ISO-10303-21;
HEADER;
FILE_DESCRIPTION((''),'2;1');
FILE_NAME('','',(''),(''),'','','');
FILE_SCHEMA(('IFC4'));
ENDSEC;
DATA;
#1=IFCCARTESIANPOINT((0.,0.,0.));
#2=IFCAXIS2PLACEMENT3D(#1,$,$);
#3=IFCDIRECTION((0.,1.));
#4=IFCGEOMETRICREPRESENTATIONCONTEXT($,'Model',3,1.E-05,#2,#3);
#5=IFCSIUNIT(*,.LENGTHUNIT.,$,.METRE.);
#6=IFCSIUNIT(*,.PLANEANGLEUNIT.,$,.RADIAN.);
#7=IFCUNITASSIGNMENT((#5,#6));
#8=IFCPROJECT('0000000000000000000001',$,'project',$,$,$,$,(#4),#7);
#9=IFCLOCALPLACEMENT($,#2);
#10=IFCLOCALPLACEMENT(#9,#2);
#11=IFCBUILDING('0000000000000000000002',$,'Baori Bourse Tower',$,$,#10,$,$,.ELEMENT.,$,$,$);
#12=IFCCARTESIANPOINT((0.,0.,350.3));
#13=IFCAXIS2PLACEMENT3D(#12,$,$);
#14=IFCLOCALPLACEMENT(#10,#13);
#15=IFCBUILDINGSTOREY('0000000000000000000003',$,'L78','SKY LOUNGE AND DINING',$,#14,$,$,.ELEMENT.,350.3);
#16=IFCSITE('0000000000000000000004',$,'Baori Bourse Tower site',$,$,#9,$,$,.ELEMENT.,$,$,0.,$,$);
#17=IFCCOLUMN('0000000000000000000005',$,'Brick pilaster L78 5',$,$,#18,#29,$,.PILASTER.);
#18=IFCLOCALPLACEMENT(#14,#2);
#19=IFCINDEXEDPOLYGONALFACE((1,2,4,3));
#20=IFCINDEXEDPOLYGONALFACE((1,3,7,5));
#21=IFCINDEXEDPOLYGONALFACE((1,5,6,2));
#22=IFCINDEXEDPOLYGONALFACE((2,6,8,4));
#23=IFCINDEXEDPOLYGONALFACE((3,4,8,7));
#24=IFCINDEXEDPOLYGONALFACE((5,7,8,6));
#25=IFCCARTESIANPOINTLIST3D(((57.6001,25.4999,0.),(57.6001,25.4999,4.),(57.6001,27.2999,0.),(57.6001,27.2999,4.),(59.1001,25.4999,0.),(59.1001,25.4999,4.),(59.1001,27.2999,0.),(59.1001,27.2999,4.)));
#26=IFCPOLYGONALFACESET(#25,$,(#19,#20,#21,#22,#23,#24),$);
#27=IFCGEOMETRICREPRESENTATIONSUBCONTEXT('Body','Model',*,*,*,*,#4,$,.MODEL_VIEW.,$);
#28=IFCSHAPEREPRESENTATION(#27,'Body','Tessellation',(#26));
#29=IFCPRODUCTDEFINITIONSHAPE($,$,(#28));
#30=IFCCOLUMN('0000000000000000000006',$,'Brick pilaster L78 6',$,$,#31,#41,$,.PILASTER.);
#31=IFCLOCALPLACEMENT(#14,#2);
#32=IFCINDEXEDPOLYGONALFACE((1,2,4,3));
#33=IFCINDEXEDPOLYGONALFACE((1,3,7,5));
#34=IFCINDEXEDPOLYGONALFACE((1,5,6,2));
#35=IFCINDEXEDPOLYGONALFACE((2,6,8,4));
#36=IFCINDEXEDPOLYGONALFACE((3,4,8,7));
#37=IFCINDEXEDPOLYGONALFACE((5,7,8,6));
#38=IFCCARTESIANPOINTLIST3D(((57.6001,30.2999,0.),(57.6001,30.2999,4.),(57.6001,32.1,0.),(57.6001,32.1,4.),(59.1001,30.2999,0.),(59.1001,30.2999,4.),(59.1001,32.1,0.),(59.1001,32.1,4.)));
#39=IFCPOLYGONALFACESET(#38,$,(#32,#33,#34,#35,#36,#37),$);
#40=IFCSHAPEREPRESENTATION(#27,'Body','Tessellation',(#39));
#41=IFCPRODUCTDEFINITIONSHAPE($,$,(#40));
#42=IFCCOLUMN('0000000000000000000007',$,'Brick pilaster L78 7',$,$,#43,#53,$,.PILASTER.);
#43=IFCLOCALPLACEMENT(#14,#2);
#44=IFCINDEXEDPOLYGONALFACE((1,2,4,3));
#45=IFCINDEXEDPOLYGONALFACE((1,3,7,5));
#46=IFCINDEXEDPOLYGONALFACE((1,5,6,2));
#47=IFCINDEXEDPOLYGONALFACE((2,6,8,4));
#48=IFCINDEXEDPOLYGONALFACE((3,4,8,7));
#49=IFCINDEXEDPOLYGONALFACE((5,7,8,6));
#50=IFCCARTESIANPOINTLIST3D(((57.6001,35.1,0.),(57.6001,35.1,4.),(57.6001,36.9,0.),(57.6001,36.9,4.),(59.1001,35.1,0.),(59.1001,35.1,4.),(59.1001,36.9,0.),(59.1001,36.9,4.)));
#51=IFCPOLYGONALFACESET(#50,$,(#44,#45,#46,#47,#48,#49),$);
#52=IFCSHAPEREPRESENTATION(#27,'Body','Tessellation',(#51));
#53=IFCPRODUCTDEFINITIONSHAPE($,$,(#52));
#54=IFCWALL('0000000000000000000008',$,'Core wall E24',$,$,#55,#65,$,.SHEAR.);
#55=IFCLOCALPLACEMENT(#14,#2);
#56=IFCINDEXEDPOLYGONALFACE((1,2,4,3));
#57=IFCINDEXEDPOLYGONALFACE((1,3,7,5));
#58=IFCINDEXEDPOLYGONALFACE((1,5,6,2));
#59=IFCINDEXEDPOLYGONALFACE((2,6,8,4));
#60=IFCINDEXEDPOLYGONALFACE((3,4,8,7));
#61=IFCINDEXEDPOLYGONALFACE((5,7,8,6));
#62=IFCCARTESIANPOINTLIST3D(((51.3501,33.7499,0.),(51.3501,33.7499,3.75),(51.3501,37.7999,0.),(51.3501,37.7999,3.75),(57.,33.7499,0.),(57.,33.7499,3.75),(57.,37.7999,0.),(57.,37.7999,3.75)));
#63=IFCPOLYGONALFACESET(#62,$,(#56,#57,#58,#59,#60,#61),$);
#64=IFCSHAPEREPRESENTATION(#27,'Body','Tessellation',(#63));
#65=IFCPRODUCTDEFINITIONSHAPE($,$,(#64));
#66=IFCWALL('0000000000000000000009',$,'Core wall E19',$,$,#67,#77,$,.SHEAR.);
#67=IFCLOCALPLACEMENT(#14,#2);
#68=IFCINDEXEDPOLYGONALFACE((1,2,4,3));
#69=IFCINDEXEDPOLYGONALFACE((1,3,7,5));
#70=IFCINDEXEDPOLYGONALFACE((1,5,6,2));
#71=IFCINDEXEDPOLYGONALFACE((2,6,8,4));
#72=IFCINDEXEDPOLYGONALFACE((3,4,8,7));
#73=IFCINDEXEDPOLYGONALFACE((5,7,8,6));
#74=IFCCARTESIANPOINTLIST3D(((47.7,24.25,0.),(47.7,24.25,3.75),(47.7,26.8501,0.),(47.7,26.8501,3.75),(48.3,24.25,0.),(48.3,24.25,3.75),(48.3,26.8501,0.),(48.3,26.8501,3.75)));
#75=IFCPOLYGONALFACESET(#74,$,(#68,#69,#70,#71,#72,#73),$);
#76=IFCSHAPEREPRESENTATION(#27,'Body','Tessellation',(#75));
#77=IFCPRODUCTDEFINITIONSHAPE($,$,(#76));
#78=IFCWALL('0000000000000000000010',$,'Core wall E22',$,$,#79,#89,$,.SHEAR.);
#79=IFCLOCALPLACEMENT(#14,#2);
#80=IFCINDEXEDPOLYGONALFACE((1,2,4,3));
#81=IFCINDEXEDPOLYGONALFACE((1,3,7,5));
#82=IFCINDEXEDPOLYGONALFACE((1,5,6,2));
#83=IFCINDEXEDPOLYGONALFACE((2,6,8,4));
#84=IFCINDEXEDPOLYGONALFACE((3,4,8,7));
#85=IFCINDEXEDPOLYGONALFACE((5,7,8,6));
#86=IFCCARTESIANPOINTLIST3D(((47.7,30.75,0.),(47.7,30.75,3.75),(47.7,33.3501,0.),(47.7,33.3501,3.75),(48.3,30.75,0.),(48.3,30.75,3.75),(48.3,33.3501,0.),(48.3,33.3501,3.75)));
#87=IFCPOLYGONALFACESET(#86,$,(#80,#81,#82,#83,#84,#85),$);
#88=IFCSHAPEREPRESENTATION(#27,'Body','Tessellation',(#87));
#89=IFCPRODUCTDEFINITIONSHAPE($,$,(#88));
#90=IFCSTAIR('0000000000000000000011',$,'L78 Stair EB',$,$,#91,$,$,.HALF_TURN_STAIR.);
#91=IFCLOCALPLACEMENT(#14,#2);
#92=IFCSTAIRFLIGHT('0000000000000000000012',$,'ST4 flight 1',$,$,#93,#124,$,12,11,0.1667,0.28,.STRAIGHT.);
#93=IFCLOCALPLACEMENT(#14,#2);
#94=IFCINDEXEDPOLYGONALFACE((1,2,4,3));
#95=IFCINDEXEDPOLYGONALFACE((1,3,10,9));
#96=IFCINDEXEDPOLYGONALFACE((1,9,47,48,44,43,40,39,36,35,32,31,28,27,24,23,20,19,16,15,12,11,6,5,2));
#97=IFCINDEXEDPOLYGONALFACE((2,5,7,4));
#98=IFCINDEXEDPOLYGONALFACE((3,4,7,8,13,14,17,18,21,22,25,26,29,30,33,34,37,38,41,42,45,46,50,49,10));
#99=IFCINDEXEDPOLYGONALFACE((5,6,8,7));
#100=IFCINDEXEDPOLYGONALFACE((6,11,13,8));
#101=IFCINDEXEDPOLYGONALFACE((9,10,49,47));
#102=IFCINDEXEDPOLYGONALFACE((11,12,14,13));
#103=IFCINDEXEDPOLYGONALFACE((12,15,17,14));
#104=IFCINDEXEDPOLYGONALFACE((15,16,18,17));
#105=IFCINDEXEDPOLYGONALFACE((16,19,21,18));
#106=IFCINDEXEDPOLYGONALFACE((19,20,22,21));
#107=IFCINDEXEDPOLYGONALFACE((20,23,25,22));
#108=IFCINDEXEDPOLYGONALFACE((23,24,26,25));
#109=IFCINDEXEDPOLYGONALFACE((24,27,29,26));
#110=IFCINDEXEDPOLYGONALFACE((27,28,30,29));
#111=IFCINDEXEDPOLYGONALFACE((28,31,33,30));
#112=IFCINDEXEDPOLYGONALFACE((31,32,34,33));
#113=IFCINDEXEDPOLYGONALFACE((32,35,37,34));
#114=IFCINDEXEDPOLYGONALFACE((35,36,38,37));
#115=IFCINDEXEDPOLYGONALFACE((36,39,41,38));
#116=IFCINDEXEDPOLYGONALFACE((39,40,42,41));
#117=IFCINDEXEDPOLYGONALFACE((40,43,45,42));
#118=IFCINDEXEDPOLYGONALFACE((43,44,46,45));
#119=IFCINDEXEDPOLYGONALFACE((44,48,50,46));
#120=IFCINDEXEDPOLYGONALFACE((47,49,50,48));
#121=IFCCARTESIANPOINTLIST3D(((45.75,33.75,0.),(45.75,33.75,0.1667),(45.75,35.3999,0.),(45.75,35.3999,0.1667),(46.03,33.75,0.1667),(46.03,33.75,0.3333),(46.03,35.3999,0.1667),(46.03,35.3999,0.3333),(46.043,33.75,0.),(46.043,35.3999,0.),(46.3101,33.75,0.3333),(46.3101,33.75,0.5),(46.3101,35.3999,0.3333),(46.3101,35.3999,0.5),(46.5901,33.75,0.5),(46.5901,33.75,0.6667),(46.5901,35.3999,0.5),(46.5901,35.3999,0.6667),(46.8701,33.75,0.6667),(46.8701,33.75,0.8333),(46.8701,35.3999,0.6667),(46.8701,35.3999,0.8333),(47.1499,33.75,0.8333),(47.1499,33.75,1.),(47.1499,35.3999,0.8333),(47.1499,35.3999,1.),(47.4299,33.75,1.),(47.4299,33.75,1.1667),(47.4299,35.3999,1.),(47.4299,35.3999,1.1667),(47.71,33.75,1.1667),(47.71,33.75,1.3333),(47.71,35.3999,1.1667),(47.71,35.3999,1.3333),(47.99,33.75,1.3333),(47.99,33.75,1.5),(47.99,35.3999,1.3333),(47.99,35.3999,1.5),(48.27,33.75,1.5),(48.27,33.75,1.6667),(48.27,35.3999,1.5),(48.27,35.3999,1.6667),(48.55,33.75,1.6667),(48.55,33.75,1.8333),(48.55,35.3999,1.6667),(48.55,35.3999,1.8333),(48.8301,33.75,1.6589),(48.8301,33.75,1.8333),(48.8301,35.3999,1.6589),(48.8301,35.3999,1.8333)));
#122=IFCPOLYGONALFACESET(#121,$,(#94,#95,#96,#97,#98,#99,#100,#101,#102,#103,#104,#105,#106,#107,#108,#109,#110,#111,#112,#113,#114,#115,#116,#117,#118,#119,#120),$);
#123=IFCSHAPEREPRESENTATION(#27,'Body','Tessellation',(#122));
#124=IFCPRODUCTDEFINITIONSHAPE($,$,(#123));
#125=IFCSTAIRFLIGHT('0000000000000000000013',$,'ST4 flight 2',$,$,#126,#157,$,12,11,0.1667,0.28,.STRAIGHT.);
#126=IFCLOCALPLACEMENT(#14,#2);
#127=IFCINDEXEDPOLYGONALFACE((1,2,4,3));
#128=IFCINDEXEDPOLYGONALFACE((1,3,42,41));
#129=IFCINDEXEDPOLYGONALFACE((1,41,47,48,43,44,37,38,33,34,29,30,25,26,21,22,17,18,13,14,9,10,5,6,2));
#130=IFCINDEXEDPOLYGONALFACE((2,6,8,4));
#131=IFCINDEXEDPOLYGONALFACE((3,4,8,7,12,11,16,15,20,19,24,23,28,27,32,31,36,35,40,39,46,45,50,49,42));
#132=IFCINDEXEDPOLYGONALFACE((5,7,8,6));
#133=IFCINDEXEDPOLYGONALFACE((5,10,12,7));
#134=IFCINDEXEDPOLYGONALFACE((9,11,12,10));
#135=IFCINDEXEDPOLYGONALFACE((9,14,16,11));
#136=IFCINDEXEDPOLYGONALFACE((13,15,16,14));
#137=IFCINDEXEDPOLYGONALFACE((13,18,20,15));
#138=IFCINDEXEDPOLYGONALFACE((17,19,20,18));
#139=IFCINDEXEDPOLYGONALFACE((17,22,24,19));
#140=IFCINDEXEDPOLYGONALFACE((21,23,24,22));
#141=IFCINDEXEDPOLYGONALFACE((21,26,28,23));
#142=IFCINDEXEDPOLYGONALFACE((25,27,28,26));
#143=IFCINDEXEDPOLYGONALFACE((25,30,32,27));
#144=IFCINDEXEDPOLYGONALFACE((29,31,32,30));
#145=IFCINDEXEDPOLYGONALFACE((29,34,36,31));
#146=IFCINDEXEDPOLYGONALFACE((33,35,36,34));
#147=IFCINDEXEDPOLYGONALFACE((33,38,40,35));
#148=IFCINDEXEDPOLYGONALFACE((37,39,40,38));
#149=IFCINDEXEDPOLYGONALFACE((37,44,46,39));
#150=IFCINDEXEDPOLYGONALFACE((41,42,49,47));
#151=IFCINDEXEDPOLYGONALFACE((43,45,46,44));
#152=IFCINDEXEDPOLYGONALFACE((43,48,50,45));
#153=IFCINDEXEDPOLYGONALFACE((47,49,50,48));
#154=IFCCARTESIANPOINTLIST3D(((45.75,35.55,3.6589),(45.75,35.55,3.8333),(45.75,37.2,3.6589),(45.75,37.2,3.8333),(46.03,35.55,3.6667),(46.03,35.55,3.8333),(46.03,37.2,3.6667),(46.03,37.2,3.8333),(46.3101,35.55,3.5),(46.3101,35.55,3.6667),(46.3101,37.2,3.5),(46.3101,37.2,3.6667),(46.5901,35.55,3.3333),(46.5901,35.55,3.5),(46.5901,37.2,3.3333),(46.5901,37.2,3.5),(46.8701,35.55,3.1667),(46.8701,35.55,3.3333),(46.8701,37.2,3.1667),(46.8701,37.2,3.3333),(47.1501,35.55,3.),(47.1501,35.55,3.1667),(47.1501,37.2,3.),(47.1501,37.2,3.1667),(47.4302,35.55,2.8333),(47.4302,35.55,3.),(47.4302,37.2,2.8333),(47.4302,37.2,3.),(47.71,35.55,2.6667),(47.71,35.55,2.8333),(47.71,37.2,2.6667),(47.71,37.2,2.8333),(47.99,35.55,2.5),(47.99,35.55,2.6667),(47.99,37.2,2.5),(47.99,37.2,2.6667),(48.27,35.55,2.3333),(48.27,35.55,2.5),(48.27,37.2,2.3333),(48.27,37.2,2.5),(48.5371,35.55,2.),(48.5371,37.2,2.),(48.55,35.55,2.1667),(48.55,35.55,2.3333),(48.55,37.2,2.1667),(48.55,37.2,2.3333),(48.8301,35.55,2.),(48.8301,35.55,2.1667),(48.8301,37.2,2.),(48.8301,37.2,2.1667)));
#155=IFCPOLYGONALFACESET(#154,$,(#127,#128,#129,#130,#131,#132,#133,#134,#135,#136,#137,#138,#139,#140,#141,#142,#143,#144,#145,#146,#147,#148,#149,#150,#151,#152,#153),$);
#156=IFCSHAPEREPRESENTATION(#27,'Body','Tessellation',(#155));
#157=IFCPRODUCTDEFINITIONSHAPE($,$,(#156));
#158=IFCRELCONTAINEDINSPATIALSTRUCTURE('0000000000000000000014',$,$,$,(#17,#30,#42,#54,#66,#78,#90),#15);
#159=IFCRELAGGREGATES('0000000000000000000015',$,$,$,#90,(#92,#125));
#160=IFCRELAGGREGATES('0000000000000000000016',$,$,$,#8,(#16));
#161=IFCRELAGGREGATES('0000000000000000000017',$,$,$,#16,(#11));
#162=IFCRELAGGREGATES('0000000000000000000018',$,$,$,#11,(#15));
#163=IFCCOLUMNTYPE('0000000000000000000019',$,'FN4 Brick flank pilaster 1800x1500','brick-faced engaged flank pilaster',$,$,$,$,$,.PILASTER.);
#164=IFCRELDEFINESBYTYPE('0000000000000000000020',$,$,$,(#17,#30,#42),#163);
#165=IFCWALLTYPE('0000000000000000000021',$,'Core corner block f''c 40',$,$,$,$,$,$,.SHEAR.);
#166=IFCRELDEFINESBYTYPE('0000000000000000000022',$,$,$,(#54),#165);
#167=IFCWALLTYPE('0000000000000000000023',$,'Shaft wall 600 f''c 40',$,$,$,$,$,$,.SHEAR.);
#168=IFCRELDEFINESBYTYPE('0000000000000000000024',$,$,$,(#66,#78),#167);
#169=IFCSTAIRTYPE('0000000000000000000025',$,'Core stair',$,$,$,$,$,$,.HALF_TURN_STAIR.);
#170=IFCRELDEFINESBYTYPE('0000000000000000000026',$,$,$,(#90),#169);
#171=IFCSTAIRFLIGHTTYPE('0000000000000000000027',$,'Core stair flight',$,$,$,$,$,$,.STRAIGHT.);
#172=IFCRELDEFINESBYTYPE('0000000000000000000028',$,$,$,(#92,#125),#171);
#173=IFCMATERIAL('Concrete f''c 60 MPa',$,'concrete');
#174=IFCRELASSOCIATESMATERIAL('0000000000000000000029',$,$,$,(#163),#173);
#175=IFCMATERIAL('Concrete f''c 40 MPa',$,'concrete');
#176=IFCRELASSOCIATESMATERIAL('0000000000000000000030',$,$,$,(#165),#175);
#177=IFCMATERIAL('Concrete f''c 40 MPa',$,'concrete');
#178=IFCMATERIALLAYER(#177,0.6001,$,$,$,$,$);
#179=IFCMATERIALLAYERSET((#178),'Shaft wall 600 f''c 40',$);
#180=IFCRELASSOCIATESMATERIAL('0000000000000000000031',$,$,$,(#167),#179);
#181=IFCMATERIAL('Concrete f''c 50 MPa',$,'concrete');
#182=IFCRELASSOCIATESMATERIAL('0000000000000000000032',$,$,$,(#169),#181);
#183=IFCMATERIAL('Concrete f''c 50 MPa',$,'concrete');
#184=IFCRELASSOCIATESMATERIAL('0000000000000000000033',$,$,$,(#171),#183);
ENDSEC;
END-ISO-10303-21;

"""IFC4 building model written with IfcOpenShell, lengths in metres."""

from ifc_helpers import new_model, si_unit, direction, frame, frame_2d, origin, origin_2d, place, context, subcontext, project, spatial, polyline, rectangle, outline, extrude, material, layer, layer_set, material_profile, profile_set, type_object, element, aggregate, save


model = new_model("IFC4")

# Units and contexts
model_context = context("Model", 3, precision=1e-05, world=origin(), true_north=direction((0.0, 1.0)))
body_context = subcontext(model_context, "Body", "Model", "MODEL_VIEW")
ifc_project = project(units=[si_unit("LENGTHUNIT", "METRE"), si_unit("PLANEANGLEUNIT", "RADIAN")], contexts=[model_context])

# Site, building, storey
site_placement = place(None, origin())
site = spatial("IfcSite", under=ifc_project, at=site_placement, Name="Baori Bourse Tower site", CompositionType="ELEMENT", RefElevation=0.0)
building_placement = place(site_placement, origin())
building = spatial("IfcBuilding", under=site, at=building_placement, Name="Baori Bourse Tower", CompositionType="ELEMENT")
storey_placement = place(building_placement, frame((0.0, 0.0, 350.3)))
storey = spatial("IfcBuildingStorey", under=building, at=storey_placement, Name="L78", Description="SKY LOUNGE AND DINING", CompositionType="ELEMENT", Elevation=350.3)

# Columns
ifc_material_1 = material(Name="Concrete f'c 60 MPa", Category="concrete")
ifc_material_profile = material_profile(ifc_material_1, rectangle(XDim=1.8, YDim=1.5, at=origin_2d()), Name="RC 1800x1500")
ifc_profile_set = profile_set([ifc_material_profile], Name="Concrete f'c 60 MPa")
column_type = type_object("IfcColumnType", Name="FN4 Brick flank pilaster 1800x1500", Description="brick-faced engaged flank pilaster", PredefinedType="PILASTER", material=ifc_profile_set)
for number, where, z_axis, x_axis, name in (
    (1, (58.3501, 26.3999, 0.0), (0.0, 0.0, 1.0), (0.0, 1.0, 0.0), "Brick pilaster L78 5"),
    (2, (58.3501, 31.2, 0.0), (0.0, 0.0, 1.0), (0.0, 1.0, 0.0), "Brick pilaster L78 6"),
    (3, (58.3501, 36.0, 0.0), (0.0, 0.0, 1.0), (0.0, 1.0, 0.0), "Brick pilaster L78 7"),
):
    element("IfcColumn", number, at=place(storey_placement, frame(where, z_axis=z_axis, x_axis=x_axis)), inside=storey, type_object=column_type, Name=name, PredefinedType="PILASTER", context=body_context, shape_type="SweptSolid", body=[
        extrude(rectangle(XDim=1.8, YDim=1.5, at=origin_2d()), origin(), (0.0, 0.0, 1.0), 4.0),
    ])

# Walls
ifc_material_2 = material(Name="Concrete f'c 40 MPa", Category="concrete")
wall_type_1 = type_object("IfcWallType", Name="Core corner block f'c 40", PredefinedType="SHEAR", material=ifc_material_2)
wall_placement = place(storey_placement, frame((51.3501, 35.7749, 0.0), z_axis=(0.0, 0.0, 1.0), x_axis=(1.0, 0.0, 0.0)))
element("IfcWall", 4, at=wall_placement, inside=storey, type_object=wall_type_1, Name="Core wall E24", PredefinedType="SHEAR", context=body_context, shape_type="SweptSolid", body=[
    extrude(rectangle(XDim=5.6499, YDim=4.05, at=frame_2d((2.825, 0.0))), origin(), (0.0, 0.0, 1.0), 3.75),
])
ifc_material_3 = material(Name="Concrete f'c 40 MPa", Category="concrete")
ifc_layer = layer(ifc_material_3, 0.6001)
ifc_layer_set = layer_set([ifc_layer], Name="Shaft wall 600 f'c 40")
wall_type_2 = type_object("IfcWallType", Name="Shaft wall 600 f'c 40", PredefinedType="SHEAR", material=ifc_layer_set)
for number, where, z_axis, x_axis, name in (
    (5, (48.0, 24.25, 0.0), (0.0, 0.0, 1.0), (0.0, 1.0, 0.0), "Core wall E19"),
    (6, (48.0, 30.75, 0.0), (0.0, 0.0, 1.0), (0.0, 1.0, 0.0), "Core wall E22"),
):
    element("IfcWall", number, at=place(storey_placement, frame(where, z_axis=z_axis, x_axis=x_axis)), inside=storey, type_object=wall_type_2, Name=name, PredefinedType="SHEAR", context=body_context, shape_type="SweptSolid", body=[
        extrude(rectangle(XDim=2.6001, YDim=0.6001, at=frame_2d((1.3, 0.0))), origin(), (0.0, 0.0, 1.0), 3.75),
    ])

# Stair, stair flights
ifc_material_4 = material(Name="Concrete f'c 50 MPa", Category="concrete")
stair_type = type_object("IfcStairType", Name="Core stair", PredefinedType="HALF_TURN_STAIR", material=ifc_material_4)
stair_placement = place(storey_placement, origin())
stair = element("IfcStair", 7, at=stair_placement, inside=storey, type_object=stair_type, Name="L78 Stair EB", PredefinedType="HALF_TURN_STAIR")
ifc_material_5 = material(Name="Concrete f'c 50 MPa", Category="concrete")
stair_flight_type = type_object("IfcStairFlightType", Name="Core stair flight", PredefinedType="STRAIGHT", material=ifc_material_5)
stair_flight_1_placement = place(storey_placement, frame((45.75, 34.575, 0.0), z_axis=(0.0, 0.0, 1.0), x_axis=(1.0, 0.0, 0.0)))
stair_flight_1 = element("IfcStairFlight", 8, at=stair_flight_1_placement, type_object=stair_flight_type, Name="ST4 flight 1", NumberOfRisers=12, NumberOfTreads=11, PredefinedType="STRAIGHT", RiserHeight=0.1667, TreadLength=0.28, context=body_context, shape_type="SweptSolid", body=[
    extrude(outline(polyline([(0.0, 0.0), (0.0, 0.1667), (0.28, 0.1667), (0.28, 0.3333), (0.5601, 0.3333), (0.5601, 0.5), (0.8401, 0.5), (0.8401, 0.6667), (1.1201, 0.6667), (1.1201, 0.8333), (1.3999, 0.8333), (1.3999, 1.0), (1.6799, 1.0), (1.6799, 1.1667), (1.96, 1.1667), (1.96, 1.3333), (2.24, 1.3333), (2.24, 1.5), (2.52, 1.5), (2.52, 1.6667), (2.8, 1.6667), (2.8, 1.8333), (3.0801, 1.8333), (3.0801, 2.0), (3.0801, 1.6589), (0.293, 0.0), (0.0, 0.0)])), frame((0.0, 0.825, 0.0), z_axis=(0.0, -1.0, 0.0), x_axis=(1.0, 0.0, 0.0)), (0.0, 0.0, 1.0), 1.6499),
])
stair_flight_2_placement = place(storey_placement, frame((48.8301, 36.375, 2.0), z_axis=(0.0, 0.0, 1.0), x_axis=(-1.0, 0.0, 0.0)))
stair_flight_2 = element("IfcStairFlight", 9, at=stair_flight_2_placement, type_object=stair_flight_type, Name="ST4 flight 2", NumberOfRisers=12, NumberOfTreads=11, PredefinedType="STRAIGHT", RiserHeight=0.1667, TreadLength=0.28, context=body_context, shape_type="SweptSolid", body=[
    extrude(outline(polyline([(0.0, 0.0), (0.0, 0.1667), (0.28, 0.1667), (0.28, 0.3333), (0.5601, 0.3333), (0.5601, 0.5), (0.8401, 0.5), (0.8401, 0.6667), (1.1201, 0.6667), (1.1201, 0.8333), (1.3999, 0.8333), (1.3999, 1.0), (1.6799, 1.0), (1.6799, 1.1667), (1.96, 1.1667), (1.96, 1.3333), (2.24, 1.3333), (2.24, 1.5), (2.52, 1.5), (2.52, 1.6667), (2.8, 1.6667), (2.8, 1.8333), (3.0801, 1.8333), (3.0801, 2.0), (3.0801, 1.6589), (0.293, 0.0), (0.0, 0.0)])), frame((0.0, 0.825, 0.0), z_axis=(0.0, -1.0, 0.0), x_axis=(1.0, 0.0, 0.0)), (0.0, 0.0, 1.0), 1.6499),
])
aggregate(stair, [stair_flight_1, stair_flight_2])

save(model, "model.ifc")
